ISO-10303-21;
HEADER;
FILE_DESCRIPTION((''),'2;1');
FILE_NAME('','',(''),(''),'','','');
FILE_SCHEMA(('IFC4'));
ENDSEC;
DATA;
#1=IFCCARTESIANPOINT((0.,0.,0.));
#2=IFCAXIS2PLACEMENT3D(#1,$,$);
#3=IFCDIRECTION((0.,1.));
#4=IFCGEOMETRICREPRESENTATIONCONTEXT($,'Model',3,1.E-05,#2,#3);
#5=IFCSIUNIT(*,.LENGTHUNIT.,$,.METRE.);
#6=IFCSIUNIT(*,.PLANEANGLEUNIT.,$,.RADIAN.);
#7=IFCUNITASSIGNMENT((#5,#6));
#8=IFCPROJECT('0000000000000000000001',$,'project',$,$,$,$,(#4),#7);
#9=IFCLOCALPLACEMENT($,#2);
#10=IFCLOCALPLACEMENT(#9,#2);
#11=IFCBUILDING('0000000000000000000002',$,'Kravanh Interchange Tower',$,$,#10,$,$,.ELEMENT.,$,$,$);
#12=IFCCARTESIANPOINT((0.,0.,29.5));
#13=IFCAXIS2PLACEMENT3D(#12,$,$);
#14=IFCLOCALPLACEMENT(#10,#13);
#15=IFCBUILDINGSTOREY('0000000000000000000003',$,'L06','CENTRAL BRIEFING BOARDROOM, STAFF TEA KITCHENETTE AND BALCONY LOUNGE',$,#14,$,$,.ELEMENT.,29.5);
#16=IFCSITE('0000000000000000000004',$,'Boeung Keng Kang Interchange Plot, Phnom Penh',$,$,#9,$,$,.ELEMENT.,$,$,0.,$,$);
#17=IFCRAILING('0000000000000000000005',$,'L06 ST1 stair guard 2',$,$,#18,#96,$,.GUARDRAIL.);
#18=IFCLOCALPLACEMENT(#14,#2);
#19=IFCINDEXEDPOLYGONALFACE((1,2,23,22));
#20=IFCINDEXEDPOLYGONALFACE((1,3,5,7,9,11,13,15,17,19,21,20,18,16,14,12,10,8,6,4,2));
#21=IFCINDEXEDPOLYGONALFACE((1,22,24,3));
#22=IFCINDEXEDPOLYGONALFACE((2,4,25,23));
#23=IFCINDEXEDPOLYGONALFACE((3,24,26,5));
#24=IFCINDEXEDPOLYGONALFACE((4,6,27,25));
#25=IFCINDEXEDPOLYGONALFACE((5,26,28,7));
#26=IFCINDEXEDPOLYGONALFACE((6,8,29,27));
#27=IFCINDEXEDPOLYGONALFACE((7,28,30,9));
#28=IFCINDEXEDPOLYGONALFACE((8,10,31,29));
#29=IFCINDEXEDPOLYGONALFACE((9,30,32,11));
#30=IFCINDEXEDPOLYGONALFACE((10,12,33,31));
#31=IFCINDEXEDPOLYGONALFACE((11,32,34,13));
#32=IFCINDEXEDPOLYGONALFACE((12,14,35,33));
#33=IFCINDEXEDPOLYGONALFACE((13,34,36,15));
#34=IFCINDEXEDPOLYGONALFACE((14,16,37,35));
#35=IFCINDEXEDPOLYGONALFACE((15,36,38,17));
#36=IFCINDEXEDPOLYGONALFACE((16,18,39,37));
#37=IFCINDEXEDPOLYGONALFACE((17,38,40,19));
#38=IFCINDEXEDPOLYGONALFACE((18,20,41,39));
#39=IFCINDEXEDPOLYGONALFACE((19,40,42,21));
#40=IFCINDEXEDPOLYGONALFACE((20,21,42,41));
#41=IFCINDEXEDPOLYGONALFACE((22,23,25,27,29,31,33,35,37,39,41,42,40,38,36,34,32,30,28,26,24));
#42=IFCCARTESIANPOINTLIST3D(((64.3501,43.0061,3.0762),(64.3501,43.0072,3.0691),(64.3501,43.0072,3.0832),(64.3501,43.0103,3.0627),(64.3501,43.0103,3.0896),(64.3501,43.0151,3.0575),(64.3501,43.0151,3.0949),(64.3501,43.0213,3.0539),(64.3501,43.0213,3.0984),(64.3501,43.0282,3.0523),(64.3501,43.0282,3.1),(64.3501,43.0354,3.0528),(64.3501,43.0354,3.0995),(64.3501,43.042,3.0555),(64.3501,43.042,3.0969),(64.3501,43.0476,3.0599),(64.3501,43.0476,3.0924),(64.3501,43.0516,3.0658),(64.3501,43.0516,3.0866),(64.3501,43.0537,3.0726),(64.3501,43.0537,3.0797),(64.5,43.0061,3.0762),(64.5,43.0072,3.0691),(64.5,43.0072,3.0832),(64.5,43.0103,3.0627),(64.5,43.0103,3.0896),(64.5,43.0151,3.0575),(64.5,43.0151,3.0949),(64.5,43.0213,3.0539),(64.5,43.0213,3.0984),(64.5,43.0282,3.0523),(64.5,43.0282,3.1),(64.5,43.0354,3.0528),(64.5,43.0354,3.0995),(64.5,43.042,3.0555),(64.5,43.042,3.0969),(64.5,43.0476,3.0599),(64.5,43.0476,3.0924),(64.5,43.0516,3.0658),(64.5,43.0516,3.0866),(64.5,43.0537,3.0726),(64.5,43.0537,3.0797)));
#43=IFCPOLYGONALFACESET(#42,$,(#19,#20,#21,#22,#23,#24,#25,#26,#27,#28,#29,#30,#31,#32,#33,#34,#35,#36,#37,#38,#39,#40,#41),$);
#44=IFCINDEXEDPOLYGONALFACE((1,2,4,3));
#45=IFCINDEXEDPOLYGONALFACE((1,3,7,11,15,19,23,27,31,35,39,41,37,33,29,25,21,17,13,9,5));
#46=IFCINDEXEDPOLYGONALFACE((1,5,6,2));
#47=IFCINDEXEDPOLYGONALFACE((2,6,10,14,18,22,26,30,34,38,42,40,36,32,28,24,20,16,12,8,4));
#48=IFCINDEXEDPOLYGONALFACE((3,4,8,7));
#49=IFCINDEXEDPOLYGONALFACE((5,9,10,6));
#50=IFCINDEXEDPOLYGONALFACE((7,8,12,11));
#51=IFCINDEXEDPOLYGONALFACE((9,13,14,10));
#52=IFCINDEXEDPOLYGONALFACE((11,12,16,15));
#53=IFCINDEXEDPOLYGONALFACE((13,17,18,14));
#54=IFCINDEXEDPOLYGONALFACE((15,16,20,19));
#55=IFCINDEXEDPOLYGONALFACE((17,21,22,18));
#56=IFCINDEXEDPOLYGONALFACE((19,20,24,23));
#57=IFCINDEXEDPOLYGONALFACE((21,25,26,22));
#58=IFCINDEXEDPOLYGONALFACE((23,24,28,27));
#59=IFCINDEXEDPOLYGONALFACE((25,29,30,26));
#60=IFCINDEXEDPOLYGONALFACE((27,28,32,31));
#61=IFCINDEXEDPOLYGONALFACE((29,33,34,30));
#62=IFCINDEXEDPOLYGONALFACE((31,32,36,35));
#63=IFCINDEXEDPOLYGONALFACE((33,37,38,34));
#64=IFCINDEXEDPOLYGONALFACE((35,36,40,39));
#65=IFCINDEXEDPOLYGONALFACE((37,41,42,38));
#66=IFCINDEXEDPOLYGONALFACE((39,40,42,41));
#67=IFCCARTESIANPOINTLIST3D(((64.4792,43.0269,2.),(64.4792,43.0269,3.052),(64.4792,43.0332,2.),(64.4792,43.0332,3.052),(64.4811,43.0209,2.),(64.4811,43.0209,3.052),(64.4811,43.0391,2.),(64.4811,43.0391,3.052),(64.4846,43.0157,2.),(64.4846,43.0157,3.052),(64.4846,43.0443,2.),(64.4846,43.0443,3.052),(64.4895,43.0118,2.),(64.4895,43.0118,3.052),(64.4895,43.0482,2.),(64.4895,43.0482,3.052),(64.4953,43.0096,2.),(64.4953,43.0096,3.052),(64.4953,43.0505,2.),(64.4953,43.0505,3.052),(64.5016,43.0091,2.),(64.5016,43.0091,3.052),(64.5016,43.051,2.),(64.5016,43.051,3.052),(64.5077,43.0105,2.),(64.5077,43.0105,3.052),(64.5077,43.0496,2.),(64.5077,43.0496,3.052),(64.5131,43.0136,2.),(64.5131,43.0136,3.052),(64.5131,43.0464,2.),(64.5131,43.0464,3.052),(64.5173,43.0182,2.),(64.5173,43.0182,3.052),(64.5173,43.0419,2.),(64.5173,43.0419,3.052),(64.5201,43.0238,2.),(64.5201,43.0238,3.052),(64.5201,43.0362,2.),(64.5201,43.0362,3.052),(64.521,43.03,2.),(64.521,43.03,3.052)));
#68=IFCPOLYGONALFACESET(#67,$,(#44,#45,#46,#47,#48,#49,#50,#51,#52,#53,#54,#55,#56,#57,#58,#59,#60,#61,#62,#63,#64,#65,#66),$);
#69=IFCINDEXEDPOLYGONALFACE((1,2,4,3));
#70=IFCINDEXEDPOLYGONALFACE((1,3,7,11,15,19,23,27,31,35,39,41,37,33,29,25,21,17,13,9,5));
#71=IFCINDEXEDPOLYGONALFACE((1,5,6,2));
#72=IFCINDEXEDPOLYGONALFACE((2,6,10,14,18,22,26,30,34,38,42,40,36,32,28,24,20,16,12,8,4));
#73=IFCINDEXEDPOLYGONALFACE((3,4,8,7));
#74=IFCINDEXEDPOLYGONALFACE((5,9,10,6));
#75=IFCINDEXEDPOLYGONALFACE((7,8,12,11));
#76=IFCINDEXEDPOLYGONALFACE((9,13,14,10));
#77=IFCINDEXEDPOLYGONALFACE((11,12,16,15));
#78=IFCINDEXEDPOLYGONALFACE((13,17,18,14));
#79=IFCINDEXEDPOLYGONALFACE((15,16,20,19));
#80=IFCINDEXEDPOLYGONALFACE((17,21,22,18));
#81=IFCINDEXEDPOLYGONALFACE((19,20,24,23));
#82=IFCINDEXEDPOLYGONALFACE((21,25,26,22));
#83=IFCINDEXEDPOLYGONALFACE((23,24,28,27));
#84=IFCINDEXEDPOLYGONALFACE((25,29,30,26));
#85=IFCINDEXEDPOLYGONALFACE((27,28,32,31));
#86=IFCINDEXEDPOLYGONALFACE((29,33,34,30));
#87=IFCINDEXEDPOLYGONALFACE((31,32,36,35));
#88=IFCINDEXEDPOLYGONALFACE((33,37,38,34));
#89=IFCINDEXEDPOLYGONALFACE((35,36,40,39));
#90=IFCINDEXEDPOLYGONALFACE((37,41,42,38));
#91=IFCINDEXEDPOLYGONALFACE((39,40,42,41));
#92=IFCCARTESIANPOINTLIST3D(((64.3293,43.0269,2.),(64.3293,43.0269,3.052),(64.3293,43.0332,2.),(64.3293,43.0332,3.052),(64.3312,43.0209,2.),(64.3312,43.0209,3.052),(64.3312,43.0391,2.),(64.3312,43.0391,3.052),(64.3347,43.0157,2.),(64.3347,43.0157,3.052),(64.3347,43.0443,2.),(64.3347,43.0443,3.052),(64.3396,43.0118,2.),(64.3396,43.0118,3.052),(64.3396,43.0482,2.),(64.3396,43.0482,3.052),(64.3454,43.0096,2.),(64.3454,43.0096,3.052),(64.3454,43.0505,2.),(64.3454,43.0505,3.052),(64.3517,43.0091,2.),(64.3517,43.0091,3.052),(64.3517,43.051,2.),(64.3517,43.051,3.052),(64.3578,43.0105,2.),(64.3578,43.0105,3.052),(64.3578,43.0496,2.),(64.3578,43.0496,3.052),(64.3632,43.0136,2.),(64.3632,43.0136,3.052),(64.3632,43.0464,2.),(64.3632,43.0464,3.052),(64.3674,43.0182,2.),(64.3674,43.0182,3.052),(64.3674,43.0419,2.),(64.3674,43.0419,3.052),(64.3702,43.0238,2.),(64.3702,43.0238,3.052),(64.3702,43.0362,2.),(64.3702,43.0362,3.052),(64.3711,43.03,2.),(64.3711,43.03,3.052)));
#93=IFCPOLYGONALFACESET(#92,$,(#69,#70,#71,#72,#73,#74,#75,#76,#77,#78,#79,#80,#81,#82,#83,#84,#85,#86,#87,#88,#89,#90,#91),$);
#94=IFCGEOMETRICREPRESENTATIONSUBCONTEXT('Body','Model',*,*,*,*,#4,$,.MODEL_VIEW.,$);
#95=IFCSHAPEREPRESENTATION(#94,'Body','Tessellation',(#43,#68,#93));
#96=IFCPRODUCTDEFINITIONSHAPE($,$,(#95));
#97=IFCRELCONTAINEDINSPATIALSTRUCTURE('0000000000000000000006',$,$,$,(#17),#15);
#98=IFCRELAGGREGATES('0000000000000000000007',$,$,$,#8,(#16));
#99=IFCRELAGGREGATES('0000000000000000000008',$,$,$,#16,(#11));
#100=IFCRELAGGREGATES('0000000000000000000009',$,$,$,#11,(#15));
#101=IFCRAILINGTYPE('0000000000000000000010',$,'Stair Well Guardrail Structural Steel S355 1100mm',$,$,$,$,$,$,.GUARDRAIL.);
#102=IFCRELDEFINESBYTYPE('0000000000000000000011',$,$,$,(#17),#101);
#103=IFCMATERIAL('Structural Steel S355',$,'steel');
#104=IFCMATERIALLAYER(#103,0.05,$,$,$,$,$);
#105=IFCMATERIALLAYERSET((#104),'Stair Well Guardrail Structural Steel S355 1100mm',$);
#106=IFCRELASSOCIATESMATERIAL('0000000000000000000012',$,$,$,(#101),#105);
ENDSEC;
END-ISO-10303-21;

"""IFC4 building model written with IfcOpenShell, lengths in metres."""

from ifc_helpers import new_model, si_unit, direction, frame, origin, origin_2d, place, context, subcontext, project, spatial, circle, extrude, material, layer, layer_set, type_object, element, save


model = new_model("IFC4")

# Units and contexts
model_context = context("Model", 3, precision=1e-05, world=origin(), true_north=direction((0.0, 1.0)))
body_context = subcontext(model_context, "Body", "Model", "MODEL_VIEW")
ifc_project = project(units=[si_unit("LENGTHUNIT", "METRE"), si_unit("PLANEANGLEUNIT", "RADIAN")], contexts=[model_context])

# Site, building, storey
site_placement = place(None, origin())
site = spatial("IfcSite", under=ifc_project, at=site_placement, Name="Boeung Keng Kang Interchange Plot, Phnom Penh", CompositionType="ELEMENT", RefElevation=0.0)
building_placement = place(site_placement, origin())
building = spatial("IfcBuilding", under=site, at=building_placement, Name="Kravanh Interchange Tower", CompositionType="ELEMENT")
storey_placement = place(building_placement, frame((0.0, 0.0, 29.5)))
storey = spatial("IfcBuildingStorey", under=building, at=storey_placement, Name="L06", Description="CENTRAL BRIEFING BOARDROOM, STAFF TEA KITCHENETTE AND BALCONY LOUNGE", CompositionType="ELEMENT", Elevation=29.5)

# Railing
ifc_material_1 = material(Name="Structural Steel S355", Category="steel")
ifc_layer_1 = layer(ifc_material_1, 0.05)
ifc_layer_set_1 = layer_set([ifc_layer_1], Name="Stair Well Guardrail Structural Steel S355 1100mm")
railing_type_1 = type_object("IfcRailingType", Name="Stair Well Guardrail Structural Steel S355 1100mm", PredefinedType="GUARDRAIL", material=ifc_layer_set_1)
railing_1_placement = place(storey_placement, frame((64.5, 43.03, 2.0)))
element("IfcRailing", 1, at=railing_1_placement, inside=storey, type_object=railing_type_1, Name="L06 ST1 stair guard 2", PredefinedType="GUARDRAIL", context=body_context, shape_type="SweptSolid", body=[
    extrude(circle(Radius=0.0239, at=origin_2d()), frame((0.0, 0.0, 1.0762), z_axis=(-1.0, 0.0, 0.0), x_axis=(0.0, -1.0, 0.0)), (0.0, 0.0, 1.0), 0.1499),
    extrude(circle(Radius=0.021, at=origin_2d()), origin(), (0.0, 0.0, 1.0), 1.052),
    extrude(circle(Radius=0.021, at=origin_2d()), frame((-0.1499, 0.0, 0.0)), (0.0, 0.0, 1.0), 1.052),
])

save(model, "model.ifc")
